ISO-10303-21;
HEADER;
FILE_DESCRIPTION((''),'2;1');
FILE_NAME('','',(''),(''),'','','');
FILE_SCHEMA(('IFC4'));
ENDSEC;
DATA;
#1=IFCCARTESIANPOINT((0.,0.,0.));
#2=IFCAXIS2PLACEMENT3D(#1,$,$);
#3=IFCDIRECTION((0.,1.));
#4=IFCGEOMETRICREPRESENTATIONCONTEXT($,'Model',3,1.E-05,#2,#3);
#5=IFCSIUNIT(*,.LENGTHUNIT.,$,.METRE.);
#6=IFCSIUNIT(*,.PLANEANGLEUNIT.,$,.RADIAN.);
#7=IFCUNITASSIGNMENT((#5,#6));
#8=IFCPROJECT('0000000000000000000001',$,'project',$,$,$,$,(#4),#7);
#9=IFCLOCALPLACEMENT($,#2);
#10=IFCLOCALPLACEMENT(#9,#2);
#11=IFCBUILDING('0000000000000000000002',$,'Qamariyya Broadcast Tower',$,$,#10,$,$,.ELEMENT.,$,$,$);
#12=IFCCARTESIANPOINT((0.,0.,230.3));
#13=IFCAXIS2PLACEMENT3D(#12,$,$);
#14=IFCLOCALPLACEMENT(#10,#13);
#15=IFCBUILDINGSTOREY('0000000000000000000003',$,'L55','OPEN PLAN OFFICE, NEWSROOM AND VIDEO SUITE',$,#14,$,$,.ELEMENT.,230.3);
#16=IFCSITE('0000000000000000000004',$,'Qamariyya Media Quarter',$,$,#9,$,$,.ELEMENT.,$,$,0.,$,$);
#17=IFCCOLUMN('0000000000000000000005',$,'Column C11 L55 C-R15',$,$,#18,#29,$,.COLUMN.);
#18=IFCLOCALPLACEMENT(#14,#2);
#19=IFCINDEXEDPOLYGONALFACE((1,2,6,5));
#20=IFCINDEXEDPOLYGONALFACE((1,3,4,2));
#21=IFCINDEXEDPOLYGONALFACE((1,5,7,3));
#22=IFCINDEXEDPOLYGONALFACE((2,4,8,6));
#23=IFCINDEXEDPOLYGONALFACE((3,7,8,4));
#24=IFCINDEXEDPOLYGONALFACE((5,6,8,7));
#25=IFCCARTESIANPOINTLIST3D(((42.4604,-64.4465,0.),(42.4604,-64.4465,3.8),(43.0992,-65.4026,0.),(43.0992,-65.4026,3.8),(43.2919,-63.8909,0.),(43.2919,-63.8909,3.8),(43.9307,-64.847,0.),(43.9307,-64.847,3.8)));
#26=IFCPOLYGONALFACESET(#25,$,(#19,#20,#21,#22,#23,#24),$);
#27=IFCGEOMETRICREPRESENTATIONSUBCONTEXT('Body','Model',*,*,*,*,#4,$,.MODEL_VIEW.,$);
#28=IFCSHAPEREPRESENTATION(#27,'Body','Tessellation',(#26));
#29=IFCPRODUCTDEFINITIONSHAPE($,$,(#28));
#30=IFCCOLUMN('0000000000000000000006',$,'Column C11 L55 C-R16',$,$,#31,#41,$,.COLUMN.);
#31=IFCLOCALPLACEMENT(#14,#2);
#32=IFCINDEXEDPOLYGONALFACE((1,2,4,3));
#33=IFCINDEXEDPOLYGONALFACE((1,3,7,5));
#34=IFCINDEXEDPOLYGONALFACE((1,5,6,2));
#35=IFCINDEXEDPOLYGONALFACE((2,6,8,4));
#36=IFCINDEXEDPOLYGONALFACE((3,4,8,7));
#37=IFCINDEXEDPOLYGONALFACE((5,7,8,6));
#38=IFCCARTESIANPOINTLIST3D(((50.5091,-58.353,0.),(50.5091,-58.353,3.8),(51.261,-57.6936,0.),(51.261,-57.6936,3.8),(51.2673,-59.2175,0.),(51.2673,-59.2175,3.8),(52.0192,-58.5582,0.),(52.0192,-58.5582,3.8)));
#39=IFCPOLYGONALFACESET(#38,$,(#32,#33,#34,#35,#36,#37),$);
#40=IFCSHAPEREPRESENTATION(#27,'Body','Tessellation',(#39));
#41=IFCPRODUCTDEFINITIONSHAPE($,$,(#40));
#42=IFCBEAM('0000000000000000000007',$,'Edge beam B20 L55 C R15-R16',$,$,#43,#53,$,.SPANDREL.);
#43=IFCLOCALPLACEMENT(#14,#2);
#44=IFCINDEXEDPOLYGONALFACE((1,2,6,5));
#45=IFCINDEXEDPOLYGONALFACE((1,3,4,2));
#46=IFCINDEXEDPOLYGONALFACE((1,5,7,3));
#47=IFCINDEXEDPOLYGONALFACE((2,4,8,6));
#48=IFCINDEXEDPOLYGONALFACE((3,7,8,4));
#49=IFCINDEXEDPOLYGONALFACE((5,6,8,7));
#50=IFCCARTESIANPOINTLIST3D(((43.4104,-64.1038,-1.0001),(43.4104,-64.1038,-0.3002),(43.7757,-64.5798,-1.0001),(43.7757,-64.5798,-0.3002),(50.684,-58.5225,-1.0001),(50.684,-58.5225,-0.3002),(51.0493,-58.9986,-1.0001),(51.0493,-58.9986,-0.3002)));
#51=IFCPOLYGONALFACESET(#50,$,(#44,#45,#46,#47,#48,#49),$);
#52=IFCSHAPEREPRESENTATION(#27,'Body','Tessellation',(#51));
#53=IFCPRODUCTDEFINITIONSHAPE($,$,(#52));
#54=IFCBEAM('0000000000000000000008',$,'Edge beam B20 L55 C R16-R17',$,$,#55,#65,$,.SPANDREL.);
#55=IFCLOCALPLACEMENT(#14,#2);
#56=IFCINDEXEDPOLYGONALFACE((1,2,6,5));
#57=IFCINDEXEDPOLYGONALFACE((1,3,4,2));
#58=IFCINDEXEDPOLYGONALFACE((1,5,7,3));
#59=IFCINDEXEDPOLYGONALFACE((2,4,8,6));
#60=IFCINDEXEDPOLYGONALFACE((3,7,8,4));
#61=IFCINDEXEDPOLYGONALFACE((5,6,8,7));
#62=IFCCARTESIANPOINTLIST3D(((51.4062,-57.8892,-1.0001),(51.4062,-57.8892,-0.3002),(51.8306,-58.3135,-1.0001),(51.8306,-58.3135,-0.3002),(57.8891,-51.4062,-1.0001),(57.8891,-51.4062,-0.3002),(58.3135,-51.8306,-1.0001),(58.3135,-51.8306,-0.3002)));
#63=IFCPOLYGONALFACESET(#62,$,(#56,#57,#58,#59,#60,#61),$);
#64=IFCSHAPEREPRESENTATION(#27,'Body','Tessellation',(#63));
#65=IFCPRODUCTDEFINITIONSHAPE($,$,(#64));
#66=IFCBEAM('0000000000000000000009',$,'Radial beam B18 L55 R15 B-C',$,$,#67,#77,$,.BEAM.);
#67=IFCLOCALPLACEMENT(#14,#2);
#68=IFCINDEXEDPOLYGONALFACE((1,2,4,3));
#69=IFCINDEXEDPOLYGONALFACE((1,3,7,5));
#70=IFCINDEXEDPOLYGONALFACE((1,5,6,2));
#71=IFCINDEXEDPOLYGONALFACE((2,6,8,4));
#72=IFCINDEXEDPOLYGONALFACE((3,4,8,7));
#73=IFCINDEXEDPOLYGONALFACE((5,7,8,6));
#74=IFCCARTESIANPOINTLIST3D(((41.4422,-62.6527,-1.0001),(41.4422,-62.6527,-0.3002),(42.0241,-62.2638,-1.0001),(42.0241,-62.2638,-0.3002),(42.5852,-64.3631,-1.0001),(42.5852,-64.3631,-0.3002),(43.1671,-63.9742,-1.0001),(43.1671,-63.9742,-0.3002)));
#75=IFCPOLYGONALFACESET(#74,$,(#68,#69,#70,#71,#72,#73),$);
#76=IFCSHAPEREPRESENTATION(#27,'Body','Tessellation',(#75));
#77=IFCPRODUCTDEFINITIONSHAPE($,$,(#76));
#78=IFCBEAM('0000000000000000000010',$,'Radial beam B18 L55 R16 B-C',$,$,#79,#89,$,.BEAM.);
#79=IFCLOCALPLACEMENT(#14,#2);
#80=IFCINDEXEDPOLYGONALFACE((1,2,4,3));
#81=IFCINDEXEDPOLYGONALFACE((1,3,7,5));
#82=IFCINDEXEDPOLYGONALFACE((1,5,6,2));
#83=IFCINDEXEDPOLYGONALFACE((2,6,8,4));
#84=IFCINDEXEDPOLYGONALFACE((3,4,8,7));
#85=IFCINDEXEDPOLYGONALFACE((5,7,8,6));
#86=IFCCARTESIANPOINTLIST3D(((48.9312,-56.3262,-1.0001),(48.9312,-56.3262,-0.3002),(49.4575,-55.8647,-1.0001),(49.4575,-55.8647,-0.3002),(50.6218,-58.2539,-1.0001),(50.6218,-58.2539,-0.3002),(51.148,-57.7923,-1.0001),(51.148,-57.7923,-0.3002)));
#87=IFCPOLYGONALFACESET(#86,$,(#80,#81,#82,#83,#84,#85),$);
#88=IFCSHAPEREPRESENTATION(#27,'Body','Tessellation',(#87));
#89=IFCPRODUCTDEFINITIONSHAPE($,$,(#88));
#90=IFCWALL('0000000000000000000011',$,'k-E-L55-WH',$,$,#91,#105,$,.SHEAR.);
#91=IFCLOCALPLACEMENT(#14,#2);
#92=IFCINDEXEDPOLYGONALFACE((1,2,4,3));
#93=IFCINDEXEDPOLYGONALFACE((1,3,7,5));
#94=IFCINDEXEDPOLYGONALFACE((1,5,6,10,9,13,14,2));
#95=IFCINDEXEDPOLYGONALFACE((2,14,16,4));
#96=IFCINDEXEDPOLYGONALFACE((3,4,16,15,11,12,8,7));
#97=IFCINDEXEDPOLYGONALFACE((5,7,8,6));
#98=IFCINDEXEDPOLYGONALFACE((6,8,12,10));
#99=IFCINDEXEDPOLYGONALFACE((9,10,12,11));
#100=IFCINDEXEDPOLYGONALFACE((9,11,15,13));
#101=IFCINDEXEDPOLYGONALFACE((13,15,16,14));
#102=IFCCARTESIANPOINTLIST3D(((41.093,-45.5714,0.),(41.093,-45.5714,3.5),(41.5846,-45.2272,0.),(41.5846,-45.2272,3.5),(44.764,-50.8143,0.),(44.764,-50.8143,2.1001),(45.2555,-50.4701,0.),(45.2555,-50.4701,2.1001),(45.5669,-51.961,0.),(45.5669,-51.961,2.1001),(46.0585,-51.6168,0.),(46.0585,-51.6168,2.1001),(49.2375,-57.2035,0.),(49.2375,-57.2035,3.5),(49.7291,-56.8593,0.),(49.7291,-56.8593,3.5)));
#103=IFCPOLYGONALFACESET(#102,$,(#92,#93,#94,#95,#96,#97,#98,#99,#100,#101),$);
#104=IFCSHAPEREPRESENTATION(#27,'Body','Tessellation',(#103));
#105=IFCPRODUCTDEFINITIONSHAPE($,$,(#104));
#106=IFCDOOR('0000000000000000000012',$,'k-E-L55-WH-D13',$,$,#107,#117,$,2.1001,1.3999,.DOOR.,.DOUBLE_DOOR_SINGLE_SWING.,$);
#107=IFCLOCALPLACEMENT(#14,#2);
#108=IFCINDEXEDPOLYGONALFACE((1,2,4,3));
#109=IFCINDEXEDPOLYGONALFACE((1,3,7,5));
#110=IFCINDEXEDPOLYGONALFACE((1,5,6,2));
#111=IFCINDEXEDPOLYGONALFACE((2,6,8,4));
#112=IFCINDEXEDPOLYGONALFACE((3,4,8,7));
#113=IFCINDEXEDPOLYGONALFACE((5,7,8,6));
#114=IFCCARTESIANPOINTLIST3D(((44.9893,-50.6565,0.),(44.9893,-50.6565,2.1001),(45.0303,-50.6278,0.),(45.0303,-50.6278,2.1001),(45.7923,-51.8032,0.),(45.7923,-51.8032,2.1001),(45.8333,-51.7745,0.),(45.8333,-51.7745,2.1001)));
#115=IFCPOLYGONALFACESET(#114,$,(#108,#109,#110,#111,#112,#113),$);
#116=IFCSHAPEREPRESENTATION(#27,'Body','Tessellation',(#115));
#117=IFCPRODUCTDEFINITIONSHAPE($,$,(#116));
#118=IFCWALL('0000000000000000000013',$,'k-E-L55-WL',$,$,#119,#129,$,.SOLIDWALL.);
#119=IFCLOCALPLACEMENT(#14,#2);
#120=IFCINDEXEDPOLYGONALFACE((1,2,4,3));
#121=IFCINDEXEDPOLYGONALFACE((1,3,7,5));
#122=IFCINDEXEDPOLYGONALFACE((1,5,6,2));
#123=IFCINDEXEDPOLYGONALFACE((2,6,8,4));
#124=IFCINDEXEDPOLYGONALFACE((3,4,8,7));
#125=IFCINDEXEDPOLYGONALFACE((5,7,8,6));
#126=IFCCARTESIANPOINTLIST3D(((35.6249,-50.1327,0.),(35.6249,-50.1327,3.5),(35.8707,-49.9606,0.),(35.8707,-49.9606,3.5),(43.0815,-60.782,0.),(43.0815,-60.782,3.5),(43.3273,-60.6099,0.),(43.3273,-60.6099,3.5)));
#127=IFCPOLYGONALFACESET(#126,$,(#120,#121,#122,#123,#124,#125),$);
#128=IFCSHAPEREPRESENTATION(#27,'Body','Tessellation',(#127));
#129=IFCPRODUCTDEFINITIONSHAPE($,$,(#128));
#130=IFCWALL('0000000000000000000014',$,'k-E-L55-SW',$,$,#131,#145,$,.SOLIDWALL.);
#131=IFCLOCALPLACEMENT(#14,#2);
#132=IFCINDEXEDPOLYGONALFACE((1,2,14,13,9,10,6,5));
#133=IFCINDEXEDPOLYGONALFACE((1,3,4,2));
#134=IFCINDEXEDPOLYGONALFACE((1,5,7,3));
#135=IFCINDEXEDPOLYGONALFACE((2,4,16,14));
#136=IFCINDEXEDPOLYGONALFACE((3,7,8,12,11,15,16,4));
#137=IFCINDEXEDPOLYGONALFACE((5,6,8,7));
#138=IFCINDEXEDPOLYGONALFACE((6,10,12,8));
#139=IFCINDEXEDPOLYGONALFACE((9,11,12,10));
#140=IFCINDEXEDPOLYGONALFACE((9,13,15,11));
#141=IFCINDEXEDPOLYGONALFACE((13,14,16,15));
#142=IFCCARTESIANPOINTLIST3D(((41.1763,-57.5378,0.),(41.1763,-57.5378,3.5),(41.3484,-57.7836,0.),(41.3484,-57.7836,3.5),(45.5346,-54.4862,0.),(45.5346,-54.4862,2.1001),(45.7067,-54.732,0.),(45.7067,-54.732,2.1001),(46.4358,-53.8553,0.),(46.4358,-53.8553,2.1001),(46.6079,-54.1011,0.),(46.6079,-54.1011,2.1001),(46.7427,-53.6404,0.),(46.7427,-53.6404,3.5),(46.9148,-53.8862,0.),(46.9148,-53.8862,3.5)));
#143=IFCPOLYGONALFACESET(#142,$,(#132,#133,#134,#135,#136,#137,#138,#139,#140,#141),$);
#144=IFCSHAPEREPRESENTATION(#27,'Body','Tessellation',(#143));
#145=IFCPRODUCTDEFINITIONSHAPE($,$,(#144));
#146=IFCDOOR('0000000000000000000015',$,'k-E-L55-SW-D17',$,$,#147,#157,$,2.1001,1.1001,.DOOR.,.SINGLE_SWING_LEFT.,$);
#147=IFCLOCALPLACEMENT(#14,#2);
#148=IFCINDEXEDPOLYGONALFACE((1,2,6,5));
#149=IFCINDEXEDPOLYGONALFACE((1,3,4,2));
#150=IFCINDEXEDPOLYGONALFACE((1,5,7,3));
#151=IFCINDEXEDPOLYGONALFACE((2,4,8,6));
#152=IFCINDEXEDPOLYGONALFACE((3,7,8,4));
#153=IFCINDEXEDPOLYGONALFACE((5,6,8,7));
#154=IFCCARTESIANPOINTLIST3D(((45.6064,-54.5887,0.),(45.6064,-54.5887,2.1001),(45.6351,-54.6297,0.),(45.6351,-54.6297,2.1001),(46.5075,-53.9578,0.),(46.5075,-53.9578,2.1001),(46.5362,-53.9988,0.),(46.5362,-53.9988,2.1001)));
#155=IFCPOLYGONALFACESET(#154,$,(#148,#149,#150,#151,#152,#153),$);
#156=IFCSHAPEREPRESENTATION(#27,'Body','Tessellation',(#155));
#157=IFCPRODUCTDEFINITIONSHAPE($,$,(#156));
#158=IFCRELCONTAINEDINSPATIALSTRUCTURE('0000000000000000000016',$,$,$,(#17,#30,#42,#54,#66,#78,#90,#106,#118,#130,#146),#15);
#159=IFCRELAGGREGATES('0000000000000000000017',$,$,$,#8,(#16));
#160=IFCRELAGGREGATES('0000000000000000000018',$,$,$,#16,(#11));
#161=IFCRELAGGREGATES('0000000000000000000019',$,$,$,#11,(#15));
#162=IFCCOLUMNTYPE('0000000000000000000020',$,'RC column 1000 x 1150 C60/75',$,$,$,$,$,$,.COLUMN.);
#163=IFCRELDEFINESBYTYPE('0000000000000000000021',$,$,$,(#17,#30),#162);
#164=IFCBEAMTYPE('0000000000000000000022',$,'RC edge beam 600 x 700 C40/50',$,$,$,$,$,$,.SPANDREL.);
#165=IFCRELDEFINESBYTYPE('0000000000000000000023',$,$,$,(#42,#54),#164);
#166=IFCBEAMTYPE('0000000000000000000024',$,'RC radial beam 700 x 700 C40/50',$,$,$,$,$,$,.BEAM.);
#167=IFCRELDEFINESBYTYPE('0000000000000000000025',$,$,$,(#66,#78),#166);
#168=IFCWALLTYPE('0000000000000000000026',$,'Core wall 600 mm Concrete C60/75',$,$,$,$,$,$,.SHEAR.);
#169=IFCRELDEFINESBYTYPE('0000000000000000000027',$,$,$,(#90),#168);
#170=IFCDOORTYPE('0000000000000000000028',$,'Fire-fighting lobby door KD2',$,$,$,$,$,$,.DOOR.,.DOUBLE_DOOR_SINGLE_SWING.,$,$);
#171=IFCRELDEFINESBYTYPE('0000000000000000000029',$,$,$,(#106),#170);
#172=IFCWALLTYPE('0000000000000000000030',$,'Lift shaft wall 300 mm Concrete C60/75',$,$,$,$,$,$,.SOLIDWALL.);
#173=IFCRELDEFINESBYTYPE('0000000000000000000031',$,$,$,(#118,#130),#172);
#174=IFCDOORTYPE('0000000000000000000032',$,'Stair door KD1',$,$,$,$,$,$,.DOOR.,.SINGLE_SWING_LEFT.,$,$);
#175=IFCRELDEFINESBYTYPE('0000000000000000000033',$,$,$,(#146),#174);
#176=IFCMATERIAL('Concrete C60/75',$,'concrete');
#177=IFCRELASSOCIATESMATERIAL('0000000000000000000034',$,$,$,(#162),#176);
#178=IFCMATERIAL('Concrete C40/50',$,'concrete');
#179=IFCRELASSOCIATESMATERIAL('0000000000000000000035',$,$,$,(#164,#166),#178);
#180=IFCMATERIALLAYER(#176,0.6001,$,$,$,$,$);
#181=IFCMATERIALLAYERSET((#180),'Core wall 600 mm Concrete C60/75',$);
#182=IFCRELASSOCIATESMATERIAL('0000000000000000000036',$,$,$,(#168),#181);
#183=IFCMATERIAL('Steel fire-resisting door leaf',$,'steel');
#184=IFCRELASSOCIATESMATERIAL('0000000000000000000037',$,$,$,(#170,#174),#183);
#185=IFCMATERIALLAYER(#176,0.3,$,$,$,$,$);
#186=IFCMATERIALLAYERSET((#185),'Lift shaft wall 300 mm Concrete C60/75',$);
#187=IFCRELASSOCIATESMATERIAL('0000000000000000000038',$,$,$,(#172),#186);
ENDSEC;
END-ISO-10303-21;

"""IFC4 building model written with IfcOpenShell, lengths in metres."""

from ifc_helpers import new_model, si_unit, direction, frame, frame_2d, origin, origin_2d, place, context, subcontext, project, spatial, rectangle, extrude, material, layer, layer_set, material_profile, profile_set, type_object, element, fill, save


model = new_model("IFC4")

# Units and contexts
model_context = context("Model", 3, precision=1e-05, world=origin(), true_north=direction((0.0, 1.0)))
body_context = subcontext(model_context, "Body", "Model", "MODEL_VIEW")
ifc_project = project(units=[si_unit("LENGTHUNIT", "METRE"), si_unit("PLANEANGLEUNIT", "RADIAN")], contexts=[model_context])

# Site, building, storey
site_placement = place(None, origin())
site = spatial("IfcSite", under=ifc_project, at=site_placement, Name="Qamariyya Media Quarter", CompositionType="ELEMENT", RefElevation=0.0)
building_placement = place(site_placement, origin())
building = spatial("IfcBuilding", under=site, at=building_placement, Name="Qamariyya Broadcast Tower", CompositionType="ELEMENT")
storey_placement = place(building_placement, frame((0.0, 0.0, 230.3)))
storey = spatial("IfcBuildingStorey", under=building, at=storey_placement, Name="L55", Description="OPEN PLAN OFFICE, NEWSROOM AND VIDEO SUITE", CompositionType="ELEMENT", Elevation=230.3)

# Columns
ifc_material_1 = material(Name="Concrete C60/75", Category="concrete")
ifc_material_profile_1 = material_profile(ifc_material_1, rectangle(XDim=1.0, YDim=1.1499, at=origin_2d()))
ifc_profile_set_1 = profile_set([ifc_material_profile_1], Name="Concrete C60/75")
column_type = type_object("IfcColumnType", Name="RC column 1000 x 1150 C60/75", PredefinedType="COLUMN", material=ifc_profile_set_1)
for number, where, z_axis, x_axis, name in (
    (1, (43.1956, -64.6467, 0.0), (0.0, 0.0, 1.0), (0.83147, 0.55557, 0.0), "Column C11 L55 C-R15"),
    (2, (51.2642, -58.4556, 0.0), (0.0, 0.0, 1.0), (0.75184, 0.659346, 0.0), "Column C11 L55 C-R16"),
):
    element("IfcColumn", number, at=place(storey_placement, frame(where, z_axis=z_axis, x_axis=x_axis)), inside=storey, type_object=column_type, Name=name, PredefinedType="COLUMN", context=body_context, shape_type="SweptSolid", body=[
        extrude(rectangle(XDim=1.0, YDim=1.1499, at=origin_2d()), origin(), (0.0, 0.0, 1.0), 3.8),
    ])

# Beams
ifc_material_2 = material(Name="Concrete C40/50", Category="concrete")
ifc_material_profile_2 = material_profile(ifc_material_2, rectangle(XDim=0.6001, YDim=0.7, at=origin_2d()))
ifc_profile_set_2 = profile_set([ifc_material_profile_2], Name="Concrete C40/50")
beam_type_1 = type_object("IfcBeamType", Name="RC edge beam 600 x 700 C40/50", PredefinedType="SPANDREL", material=ifc_profile_set_2)
for number, where, z_axis, x_axis, name in (
    (3, (43.593, -64.3418, -0.6501), (0.793353, 0.608762, 0.0), (-0.608762, 0.793353, 0.0), "Edge beam B20 L55 C R15-R16"),
    (4, (51.6184, -58.1013, -0.6501), (0.707107, 0.707107, 0.0), (-0.707107, 0.707107, 0.0), "Edge beam B20 L55 C R16-R17"),
):
    element("IfcBeam", number, at=place(storey_placement, frame(where, z_axis=z_axis, x_axis=x_axis)), inside=storey, type_object=beam_type_1, Name=name, PredefinedType="SPANDREL", context=body_context, shape_type="SweptSolid", body=[
        extrude(rectangle(XDim=0.6001, YDim=0.7, at=origin_2d()), origin(), (0.0, 0.0, 1.0), 9.1682),
    ])
ifc_material_profile_3 = material_profile(ifc_material_2, rectangle(XDim=0.7, YDim=0.7, at=origin_2d()))
ifc_profile_set_3 = profile_set([ifc_material_profile_3], Name="Concrete C40/50")
beam_type_2 = type_object("IfcBeamType", Name="RC radial beam 700 x 700 C40/50", PredefinedType="BEAM", material=ifc_profile_set_3)
beam_1_placement = place(storey_placement, frame((41.7332, -62.4583, -0.6501), z_axis=(0.555631, -0.831429, 0.0), x_axis=(0.831429, 0.555631, 0.0)))
element("IfcBeam", 5, at=beam_1_placement, inside=storey, type_object=beam_type_2, Name="Radial beam B18 L55 R15 B-C", PredefinedType="BEAM", context=body_context, shape_type="SweptSolid", body=[
    extrude(rectangle(XDim=0.7, YDim=0.7, at=origin_2d()), origin(), (0.0, 0.0, 1.0), 2.0571),
])
beam_2_placement = place(storey_placement, frame((49.1943, -56.0955, -0.6501), z_axis=(0.659367, -0.751821, 0.0), x_axis=(0.751821, 0.659367, 0.0)))
element("IfcBeam", 6, at=beam_2_placement, inside=storey, type_object=beam_type_2, Name="Radial beam B18 L55 R16 B-C", PredefinedType="BEAM", context=body_context, shape_type="SweptSolid", body=[
    extrude(rectangle(XDim=0.7, YDim=0.7, at=origin_2d()), origin(), (0.0, 0.0, 1.0), 2.564),
])

# Wall, opening, door
ifc_layer_1 = layer(ifc_material_1, 0.6001)
ifc_layer_set_1 = layer_set([ifc_layer_1], Name="Core wall 600 mm Concrete C60/75")
wall_type_1 = type_object("IfcWallType", Name="Core wall 600 mm Concrete C60/75", PredefinedType="SHEAR", material=ifc_layer_set_1)
wall_1_placement = place(storey_placement, frame((49.4834, -57.0315, 0.0), z_axis=(0.0, 0.0, 1.0), x_axis=(-0.57356, 0.819163, 0.0)))
wall_1 = element("IfcWall", 7, at=wall_1_placement, inside=storey, type_object=wall_type_1, Name="k-E-L55-WH", PredefinedType="SHEAR", context=body_context, shape_type="SweptSolid", body=[
    extrude(rectangle(XDim=14.2, YDim=0.6001, at=frame_2d((7.1001, 0.0))), origin(), (0.0, 0.0, 1.0), 3.5),
])
opening_1_placement = place(wall_1_placement, frame((6.3999, 0.0, 0.0)))
opening_1 = element("IfcOpeningElement", 8, at=opening_1_placement, cuts=wall_1, PredefinedType="OPENING", context=body_context, shape_type="SweptSolid", body=[
    extrude(rectangle(XDim=1.3999, YDim=2.1001, at=frame_2d((0.7, 1.05))), frame((0.0, 0.3101, 0.0), z_axis=(0.0, -1.0, 0.0), x_axis=(1.0, 0.0, 0.0)), (0.0, 0.0, 1.0), 0.6201),
])
ifc_material_3 = material(Name="Steel fire-resisting door leaf", Category="steel")
door_type_1 = type_object("IfcDoorType", Name="Fire-fighting lobby door KD2", OperationType="DOUBLE_DOOR_SINGLE_SWING", PredefinedType="DOOR", material=ifc_material_3)
door_1_placement = place(opening_1_placement, origin())
door_1 = element("IfcDoor", 9, at=door_1_placement, inside=storey, type_object=door_type_1, Name="k-E-L55-WH-D13", OperationType="DOUBLE_DOOR_SINGLE_SWING", OverallHeight=2.1001, OverallWidth=1.3999, PredefinedType="DOOR", context=body_context, shape_type="SweptSolid", body=[
    extrude(rectangle(XDim=1.3999, YDim=2.1001, at=frame_2d((0.7, 1.05))), frame((0.0, 0.0249, 0.0), z_axis=(0.0, -1.0, 0.0), x_axis=(1.0, 0.0, 0.0)), (0.0, 0.0, 1.0), 0.05),
])
fill(opening_1, door_1)

# Wall
ifc_layer_2 = layer(ifc_material_1, 0.3)
ifc_layer_set_2 = layer_set([ifc_layer_2], Name="Lift shaft wall 300 mm Concrete C60/75")
wall_type_2 = type_object("IfcWallType", Name="Lift shaft wall 300 mm Concrete C60/75", PredefinedType="SOLIDWALL", material=ifc_layer_set_2)
wall_2_placement = place(storey_placement, frame((43.2043, -60.6958, 0.0), z_axis=(0.0, 0.0, 1.0), x_axis=(-0.573572, 0.819155, 0.0)))
element("IfcWall", 10, at=wall_2_placement, inside=storey, type_object=wall_type_2, Name="k-E-L55-WL", PredefinedType="SOLIDWALL", context=body_context, shape_type="SweptSolid", body=[
    extrude(rectangle(XDim=13.0002, YDim=0.3, at=frame_2d((6.5, 0.0))), origin(), (0.0, 0.0, 1.0), 3.5),
])

# Wall, opening, door
wall_3_placement = place(storey_placement, frame((41.2625, -57.6606, 0.0), z_axis=(0.0, 0.0, 1.0), x_axis=(0.819164, 0.573559, 0.0)))
wall_3 = element("IfcWall", 11, at=wall_3_placement, inside=storey, type_object=wall_type_2, Name="k-E-L55-SW", PredefinedType="SOLIDWALL", context=body_context, shape_type="SweptSolid", body=[
    extrude(rectangle(XDim=6.7952, YDim=0.3, at=frame_2d((3.3975, 0.0))), origin(), (0.0, 0.0, 1.0), 3.5),
])
opening_2_placement = place(wall_3_placement, frame((5.3203, 0.0, 0.0)))
opening_2 = element("IfcOpeningElement", 12, at=opening_2_placement, cuts=wall_3, PredefinedType="OPENING", context=body_context, shape_type="SweptSolid", body=[
    extrude(rectangle(XDim=1.1001, YDim=2.1001, at=frame_2d((0.55, 1.05))), frame((0.0, 0.1599, 0.0), z_axis=(0.0, -1.0, 0.0), x_axis=(1.0, 0.0, 0.0)), (0.0, 0.0, 1.0), 0.3201),
])
door_type_2 = type_object("IfcDoorType", Name="Stair door KD1", OperationType="SINGLE_SWING_LEFT", PredefinedType="DOOR", material=ifc_material_3)
door_2_placement = place(opening_2_placement, origin())
door_2 = element("IfcDoor", 13, at=door_2_placement, inside=storey, type_object=door_type_2, Name="k-E-L55-SW-D17", OperationType="SINGLE_SWING_LEFT", OverallHeight=2.1001, OverallWidth=1.1001, PredefinedType="DOOR", context=body_context, shape_type="SweptSolid", body=[
    extrude(rectangle(XDim=1.1001, YDim=2.1001, at=frame_2d((0.55, 1.05))), frame((0.0, 0.0249, 0.0), z_axis=(0.0, -1.0, 0.0), x_axis=(1.0, 0.0, 0.0)), (0.0, 0.0, 1.0), 0.05),
])
fill(opening_2, door_2)

save(model, "model.ifc")
